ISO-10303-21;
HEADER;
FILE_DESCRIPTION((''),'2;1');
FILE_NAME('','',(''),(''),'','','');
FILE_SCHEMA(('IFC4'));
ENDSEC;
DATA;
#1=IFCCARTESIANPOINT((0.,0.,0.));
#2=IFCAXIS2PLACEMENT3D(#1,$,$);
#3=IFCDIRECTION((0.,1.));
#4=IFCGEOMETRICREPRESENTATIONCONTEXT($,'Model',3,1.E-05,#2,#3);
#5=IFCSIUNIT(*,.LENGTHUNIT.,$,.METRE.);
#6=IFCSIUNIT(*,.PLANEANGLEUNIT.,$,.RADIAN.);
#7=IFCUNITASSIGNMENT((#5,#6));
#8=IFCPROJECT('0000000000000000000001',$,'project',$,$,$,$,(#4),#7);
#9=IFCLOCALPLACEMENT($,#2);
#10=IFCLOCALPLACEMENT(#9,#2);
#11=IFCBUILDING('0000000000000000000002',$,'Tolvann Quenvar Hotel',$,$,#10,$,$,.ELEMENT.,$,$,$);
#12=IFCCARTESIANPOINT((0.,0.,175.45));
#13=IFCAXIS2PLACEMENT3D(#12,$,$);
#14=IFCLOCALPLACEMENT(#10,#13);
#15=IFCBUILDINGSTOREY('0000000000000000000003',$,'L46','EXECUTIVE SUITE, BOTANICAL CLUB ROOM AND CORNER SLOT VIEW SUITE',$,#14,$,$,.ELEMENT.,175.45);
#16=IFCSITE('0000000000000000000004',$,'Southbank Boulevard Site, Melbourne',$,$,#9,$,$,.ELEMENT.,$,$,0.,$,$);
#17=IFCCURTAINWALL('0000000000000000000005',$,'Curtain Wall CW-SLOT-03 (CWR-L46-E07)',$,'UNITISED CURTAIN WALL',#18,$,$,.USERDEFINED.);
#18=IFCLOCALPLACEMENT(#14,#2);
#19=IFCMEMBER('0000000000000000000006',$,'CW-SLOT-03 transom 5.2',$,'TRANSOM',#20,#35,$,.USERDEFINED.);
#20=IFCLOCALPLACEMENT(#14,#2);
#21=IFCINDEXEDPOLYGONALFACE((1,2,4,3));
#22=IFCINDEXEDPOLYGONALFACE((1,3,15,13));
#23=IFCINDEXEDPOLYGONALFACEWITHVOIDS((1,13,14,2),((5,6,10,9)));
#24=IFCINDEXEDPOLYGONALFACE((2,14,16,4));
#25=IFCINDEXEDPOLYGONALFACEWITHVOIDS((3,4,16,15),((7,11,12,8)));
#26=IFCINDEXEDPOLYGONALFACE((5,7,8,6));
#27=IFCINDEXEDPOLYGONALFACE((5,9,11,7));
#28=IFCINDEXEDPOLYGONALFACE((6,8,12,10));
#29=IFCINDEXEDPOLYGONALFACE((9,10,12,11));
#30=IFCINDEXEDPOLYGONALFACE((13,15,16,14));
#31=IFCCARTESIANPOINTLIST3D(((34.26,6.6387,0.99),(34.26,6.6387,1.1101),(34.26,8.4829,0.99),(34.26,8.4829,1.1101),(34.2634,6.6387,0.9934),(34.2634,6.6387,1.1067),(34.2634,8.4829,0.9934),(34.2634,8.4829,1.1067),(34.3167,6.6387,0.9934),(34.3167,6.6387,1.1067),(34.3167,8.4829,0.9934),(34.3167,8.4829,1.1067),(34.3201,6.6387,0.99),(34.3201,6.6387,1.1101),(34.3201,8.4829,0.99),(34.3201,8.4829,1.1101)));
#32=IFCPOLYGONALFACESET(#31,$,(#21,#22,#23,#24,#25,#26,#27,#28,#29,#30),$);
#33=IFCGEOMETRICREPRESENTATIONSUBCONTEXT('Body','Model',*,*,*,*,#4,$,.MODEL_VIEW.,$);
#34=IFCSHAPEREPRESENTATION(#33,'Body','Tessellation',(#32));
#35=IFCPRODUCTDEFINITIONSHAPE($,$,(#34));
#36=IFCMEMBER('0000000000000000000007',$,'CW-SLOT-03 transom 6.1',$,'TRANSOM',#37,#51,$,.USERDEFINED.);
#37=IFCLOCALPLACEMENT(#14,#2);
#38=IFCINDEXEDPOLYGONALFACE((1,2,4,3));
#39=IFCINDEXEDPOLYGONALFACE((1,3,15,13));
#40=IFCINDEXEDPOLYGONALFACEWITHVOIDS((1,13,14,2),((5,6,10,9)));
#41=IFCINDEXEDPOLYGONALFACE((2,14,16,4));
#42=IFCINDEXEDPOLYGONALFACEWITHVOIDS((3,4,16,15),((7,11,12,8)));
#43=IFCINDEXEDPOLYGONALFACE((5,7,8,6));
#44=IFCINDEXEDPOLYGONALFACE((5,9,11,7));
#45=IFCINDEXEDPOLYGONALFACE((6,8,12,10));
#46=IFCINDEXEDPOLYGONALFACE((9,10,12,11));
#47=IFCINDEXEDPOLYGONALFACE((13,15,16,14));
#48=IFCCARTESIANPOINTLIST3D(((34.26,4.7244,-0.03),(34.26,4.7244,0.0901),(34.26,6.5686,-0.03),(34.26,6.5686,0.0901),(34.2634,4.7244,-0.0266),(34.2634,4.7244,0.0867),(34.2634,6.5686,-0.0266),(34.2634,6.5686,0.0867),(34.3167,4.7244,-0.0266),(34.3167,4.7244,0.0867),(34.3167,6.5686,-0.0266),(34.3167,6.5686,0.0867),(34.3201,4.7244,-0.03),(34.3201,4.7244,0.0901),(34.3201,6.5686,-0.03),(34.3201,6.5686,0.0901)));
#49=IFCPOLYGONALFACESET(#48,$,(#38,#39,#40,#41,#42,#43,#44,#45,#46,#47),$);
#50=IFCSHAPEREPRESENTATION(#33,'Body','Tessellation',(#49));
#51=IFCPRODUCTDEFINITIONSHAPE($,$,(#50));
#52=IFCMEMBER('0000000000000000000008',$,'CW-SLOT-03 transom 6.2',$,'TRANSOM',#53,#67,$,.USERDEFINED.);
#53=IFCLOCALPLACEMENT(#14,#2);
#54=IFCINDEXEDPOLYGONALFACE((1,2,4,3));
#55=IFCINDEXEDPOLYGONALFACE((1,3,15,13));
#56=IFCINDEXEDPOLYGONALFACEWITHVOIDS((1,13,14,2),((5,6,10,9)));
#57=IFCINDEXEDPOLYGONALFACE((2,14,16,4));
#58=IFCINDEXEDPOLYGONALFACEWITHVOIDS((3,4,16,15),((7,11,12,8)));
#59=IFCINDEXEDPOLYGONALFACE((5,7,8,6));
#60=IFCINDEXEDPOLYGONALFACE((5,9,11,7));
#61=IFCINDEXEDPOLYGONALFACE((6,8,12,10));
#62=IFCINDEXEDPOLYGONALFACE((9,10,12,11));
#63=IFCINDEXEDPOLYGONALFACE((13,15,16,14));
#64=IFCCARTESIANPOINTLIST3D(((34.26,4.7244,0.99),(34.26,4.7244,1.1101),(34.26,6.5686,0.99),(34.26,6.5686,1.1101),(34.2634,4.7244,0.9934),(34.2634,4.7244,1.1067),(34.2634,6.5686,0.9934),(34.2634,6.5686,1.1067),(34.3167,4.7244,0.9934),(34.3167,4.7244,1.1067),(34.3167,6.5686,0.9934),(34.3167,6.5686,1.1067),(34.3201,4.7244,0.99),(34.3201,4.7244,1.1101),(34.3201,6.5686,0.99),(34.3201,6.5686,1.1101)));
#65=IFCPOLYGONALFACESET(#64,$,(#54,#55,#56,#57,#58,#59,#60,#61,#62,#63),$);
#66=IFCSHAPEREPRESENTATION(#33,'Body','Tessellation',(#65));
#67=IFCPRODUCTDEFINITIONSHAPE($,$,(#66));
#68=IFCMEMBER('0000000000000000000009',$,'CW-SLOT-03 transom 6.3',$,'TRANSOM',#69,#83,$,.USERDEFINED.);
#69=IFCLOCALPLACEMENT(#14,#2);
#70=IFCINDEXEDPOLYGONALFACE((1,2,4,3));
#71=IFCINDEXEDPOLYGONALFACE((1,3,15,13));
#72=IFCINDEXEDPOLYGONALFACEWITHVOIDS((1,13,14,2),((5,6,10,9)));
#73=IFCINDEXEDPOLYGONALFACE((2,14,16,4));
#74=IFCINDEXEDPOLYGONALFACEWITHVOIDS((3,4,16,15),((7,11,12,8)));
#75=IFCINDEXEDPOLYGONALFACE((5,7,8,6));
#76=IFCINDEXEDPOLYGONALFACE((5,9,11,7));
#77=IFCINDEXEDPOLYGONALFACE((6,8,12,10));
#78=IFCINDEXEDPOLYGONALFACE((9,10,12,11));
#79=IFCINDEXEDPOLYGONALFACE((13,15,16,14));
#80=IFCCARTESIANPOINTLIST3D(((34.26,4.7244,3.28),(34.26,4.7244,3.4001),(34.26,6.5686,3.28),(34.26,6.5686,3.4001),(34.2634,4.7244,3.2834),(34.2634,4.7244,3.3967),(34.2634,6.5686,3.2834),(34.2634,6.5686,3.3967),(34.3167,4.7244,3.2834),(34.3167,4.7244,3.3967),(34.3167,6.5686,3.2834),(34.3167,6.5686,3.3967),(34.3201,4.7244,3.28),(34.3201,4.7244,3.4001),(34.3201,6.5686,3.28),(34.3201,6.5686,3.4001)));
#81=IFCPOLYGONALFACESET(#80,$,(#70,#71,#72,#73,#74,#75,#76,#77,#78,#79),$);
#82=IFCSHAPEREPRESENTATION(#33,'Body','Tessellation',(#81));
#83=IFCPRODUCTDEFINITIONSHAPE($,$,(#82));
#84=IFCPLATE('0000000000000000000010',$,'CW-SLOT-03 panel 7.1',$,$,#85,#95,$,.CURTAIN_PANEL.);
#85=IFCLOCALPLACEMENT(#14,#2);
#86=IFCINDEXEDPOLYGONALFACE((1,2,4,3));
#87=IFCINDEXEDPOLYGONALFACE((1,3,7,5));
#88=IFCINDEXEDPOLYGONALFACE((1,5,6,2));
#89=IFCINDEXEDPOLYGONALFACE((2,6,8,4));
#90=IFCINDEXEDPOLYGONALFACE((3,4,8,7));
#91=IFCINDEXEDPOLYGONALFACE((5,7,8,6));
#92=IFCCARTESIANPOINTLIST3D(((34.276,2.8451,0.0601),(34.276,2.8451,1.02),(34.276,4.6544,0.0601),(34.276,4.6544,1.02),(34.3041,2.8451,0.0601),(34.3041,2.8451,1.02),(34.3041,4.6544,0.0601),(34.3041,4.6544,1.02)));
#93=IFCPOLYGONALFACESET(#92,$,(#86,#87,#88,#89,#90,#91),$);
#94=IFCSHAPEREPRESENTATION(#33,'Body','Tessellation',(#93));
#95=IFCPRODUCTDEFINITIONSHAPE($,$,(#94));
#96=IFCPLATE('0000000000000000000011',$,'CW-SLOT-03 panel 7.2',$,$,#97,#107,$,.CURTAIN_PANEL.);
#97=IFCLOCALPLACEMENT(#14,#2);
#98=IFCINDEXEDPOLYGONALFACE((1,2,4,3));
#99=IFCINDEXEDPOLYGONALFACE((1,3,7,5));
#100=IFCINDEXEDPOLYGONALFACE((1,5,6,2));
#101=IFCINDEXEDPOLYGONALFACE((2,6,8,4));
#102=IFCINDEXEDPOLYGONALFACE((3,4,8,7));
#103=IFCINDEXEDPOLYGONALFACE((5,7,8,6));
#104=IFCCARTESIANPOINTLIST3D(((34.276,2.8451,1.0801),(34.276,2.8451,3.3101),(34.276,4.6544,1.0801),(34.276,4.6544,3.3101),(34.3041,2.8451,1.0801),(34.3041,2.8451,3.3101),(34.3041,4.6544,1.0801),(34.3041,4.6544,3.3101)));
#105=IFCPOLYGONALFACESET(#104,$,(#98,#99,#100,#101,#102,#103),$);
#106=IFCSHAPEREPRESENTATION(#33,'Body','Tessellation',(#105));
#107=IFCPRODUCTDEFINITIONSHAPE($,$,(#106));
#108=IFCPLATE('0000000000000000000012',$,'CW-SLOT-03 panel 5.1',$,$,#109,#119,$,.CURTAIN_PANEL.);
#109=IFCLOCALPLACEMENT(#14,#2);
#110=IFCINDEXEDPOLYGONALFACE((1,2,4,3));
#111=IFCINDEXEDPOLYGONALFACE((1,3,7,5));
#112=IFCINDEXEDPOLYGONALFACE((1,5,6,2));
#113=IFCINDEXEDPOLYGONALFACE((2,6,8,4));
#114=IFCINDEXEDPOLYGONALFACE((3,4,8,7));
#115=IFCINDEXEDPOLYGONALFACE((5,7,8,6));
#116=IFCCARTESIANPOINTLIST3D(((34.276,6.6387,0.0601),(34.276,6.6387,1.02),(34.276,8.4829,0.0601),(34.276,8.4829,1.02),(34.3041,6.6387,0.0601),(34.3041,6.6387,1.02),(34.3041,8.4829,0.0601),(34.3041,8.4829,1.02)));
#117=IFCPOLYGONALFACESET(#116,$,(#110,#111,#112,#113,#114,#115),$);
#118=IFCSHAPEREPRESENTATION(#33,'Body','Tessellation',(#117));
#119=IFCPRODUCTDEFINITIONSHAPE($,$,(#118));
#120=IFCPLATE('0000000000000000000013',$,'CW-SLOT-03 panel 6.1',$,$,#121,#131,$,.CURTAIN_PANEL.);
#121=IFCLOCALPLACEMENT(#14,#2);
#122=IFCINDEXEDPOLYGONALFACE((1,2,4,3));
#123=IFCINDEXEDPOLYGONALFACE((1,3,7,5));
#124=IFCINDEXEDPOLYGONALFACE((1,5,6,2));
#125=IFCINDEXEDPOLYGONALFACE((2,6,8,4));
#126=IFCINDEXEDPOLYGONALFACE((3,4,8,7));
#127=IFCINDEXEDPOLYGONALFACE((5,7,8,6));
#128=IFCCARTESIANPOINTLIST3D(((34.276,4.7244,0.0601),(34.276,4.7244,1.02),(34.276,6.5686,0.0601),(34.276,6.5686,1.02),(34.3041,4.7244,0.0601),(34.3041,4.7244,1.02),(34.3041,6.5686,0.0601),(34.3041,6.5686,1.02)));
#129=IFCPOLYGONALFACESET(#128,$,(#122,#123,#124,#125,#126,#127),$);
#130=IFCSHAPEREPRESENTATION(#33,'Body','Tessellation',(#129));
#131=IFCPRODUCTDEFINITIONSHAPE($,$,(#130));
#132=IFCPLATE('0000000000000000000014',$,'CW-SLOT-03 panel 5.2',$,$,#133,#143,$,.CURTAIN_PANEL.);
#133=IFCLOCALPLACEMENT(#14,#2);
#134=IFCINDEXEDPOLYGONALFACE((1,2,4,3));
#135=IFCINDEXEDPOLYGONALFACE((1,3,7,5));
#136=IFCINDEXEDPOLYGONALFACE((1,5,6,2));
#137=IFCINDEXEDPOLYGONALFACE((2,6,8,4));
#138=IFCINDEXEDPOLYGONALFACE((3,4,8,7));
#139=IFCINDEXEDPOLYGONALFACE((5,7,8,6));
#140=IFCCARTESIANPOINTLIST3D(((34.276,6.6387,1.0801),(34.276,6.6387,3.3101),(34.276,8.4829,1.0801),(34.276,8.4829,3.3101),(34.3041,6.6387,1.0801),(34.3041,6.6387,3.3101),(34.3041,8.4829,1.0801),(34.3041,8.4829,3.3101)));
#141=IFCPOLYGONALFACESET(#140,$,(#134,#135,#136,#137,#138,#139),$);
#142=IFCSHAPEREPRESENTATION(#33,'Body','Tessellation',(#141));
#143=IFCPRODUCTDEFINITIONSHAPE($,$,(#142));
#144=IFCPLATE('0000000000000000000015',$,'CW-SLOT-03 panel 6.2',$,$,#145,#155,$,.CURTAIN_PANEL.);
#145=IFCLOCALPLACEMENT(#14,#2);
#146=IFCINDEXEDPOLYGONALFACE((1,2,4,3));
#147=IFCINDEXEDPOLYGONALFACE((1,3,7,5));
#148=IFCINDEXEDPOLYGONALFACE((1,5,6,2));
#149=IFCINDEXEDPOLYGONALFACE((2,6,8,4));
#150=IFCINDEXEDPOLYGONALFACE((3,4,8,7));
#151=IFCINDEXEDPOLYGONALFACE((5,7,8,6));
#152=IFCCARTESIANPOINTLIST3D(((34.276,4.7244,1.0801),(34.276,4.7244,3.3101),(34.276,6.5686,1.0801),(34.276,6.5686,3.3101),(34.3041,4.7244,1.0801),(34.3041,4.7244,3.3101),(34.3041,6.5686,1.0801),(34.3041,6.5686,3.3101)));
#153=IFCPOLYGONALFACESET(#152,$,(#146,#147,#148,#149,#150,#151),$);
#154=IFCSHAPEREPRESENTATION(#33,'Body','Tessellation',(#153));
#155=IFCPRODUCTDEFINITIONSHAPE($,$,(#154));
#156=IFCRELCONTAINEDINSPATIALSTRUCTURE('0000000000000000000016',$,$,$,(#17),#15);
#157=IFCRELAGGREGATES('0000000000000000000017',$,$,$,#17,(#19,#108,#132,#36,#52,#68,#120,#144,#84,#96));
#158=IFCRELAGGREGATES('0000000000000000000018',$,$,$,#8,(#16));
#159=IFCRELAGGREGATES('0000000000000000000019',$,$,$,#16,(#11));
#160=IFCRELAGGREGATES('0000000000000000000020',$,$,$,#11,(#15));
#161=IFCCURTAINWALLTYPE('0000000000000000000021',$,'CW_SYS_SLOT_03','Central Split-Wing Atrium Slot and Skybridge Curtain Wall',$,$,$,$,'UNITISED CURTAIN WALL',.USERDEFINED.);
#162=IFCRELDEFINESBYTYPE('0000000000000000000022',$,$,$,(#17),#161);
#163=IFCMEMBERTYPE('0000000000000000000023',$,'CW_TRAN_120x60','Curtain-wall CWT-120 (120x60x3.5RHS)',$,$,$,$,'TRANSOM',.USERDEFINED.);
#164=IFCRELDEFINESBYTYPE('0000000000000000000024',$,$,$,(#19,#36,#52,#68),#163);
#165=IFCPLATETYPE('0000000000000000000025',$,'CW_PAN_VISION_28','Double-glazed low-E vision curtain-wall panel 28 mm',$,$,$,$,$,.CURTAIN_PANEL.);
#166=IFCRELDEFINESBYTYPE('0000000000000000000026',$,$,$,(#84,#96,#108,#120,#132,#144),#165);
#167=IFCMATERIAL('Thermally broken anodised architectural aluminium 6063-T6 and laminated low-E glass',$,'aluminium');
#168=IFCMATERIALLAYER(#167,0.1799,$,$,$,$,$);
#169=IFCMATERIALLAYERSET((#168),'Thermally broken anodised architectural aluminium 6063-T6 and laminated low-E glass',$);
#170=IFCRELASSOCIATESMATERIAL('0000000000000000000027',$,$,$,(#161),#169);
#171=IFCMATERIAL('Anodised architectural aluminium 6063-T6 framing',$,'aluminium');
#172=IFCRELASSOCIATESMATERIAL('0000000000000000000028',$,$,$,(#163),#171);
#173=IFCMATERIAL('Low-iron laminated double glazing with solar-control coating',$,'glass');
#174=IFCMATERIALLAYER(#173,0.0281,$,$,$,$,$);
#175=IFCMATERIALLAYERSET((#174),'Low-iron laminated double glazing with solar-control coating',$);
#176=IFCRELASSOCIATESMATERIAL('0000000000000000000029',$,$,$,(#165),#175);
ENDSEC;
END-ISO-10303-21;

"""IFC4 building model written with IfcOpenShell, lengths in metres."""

from ifc_helpers import new_model, si_unit, direction, frame, origin, origin_2d, place, context, subcontext, project, spatial, rectangle, hollow_rectangle, extrude, source, transform, mapped, material, layer, layer_set, material_profile, profile_set, type_object, type_shapes, element, aggregate, save


model = new_model("IFC4")

# Units and contexts
model_context = context("Model", 3, precision=1e-05, world=origin(), true_north=direction((0.0, 1.0)))
body_context = subcontext(model_context, "Body", "Model", "MODEL_VIEW")
ifc_project = project(units=[si_unit("LENGTHUNIT", "METRE"), si_unit("PLANEANGLEUNIT", "RADIAN")], contexts=[model_context])

# Site, building, storey
site_placement = place(None, origin())
site = spatial("IfcSite", under=ifc_project, at=site_placement, Name="Southbank Boulevard Site, Melbourne", CompositionType="ELEMENT", RefElevation=0.0)
building_placement = place(site_placement, origin())
building = spatial("IfcBuilding", under=site, at=building_placement, Name="Tolvann Quenvar Hotel", CompositionType="ELEMENT")
storey_placement = place(building_placement, frame((0.0, 0.0, 175.45)))
storey = spatial("IfcBuildingStorey", under=building, at=storey_placement, Name="L46", Description="EXECUTIVE SUITE, BOTANICAL CLUB ROOM AND CORNER SLOT VIEW SUITE", CompositionType="ELEMENT", Elevation=175.45)

# Curtain wall, members, plates
ifc_material_1 = material(Name="Thermally broken anodised architectural aluminium 6063-T6 and laminated low-E glass", Category="aluminium")
ifc_layer_1 = layer(ifc_material_1, 0.1799)
ifc_layer_set_1 = layer_set([ifc_layer_1], Name="Thermally broken anodised architectural aluminium 6063-T6 and laminated low-E glass")
curtain_wall_type = type_object("IfcCurtainWallType", Name="CW_SYS_SLOT_03", Description="Central Split-Wing Atrium Slot and Skybridge Curtain Wall", ElementType="UNITISED CURTAIN WALL", PredefinedType="USERDEFINED", material=ifc_layer_set_1)
curtain_wall_placement = place(storey_placement, origin())
curtain_wall = element("IfcCurtainWall", 1, at=curtain_wall_placement, inside=storey, type_object=curtain_wall_type, Name="Curtain Wall CW-SLOT-03 (CWR-L46-E07)", ObjectType="UNITISED CURTAIN WALL", PredefinedType="USERDEFINED")
ifc_material_2 = material(Name="Anodised architectural aluminium 6063-T6 framing", Category="aluminium")
ifc_material_profile_1 = material_profile(ifc_material_2, hollow_rectangle(XDim=0.0601, YDim=0.1201, WallThickness=0.0034, at=origin_2d()), Name="120x60x3.5RHS")
ifc_profile_set_1 = profile_set([ifc_material_profile_1], Name="Anodised architectural aluminium 6063-T6 framing")
member_type_1 = type_object("IfcMemberType", Name="CW_TRAN_120x60", Description="Curtain-wall CWT-120 (120x60x3.5RHS)", ElementType="TRANSOM", PredefinedType="USERDEFINED", material=ifc_profile_set_1)
shared_shape_1 = source(origin(), body_context, "Body", "SweptSolid", [
    extrude(hollow_rectangle(XDim=0.0601, YDim=0.1201, WallThickness=0.0034, at=origin_2d()), origin(), (0.0, 0.0, 1.0), 1.8442),
])
member_1_placement = place(storey_placement, frame((34.29, 8.4829, 1.05), z_axis=(0.0, -1.0, 0.0), x_axis=(1.0, 0.0, 0.0)))
member_1 = element("IfcMember", 2, at=member_1_placement, type_object=member_type_1, Name="CW-SLOT-03 transom 5.2", ObjectType="TRANSOM", PredefinedType="USERDEFINED", context=body_context, shape_type="MappedRepresentation", body=[
    mapped(shared_shape_1, transform((0.0, 0.0, 0.0), x_axis=(1.0, 0.0, 0.0), y_axis=(0.0, 1.0, 0.0), z_axis=(0.0, 0.0, 1.0), scale=1.0)),
])
member_2_placement = place(storey_placement, frame((34.29, 6.5686, 0.03), z_axis=(0.0, -1.0, 0.0), x_axis=(1.0, 0.0, 0.0)))
member_2 = element("IfcMember", 3, at=member_2_placement, type_object=member_type_1, Name="CW-SLOT-03 transom 6.1", ObjectType="TRANSOM", PredefinedType="USERDEFINED", context=body_context, shape_type="MappedRepresentation", body=[
    mapped(shared_shape_1, transform((0.0, 0.0, 0.0), x_axis=(1.0, 0.0, 0.0), y_axis=(0.0, 1.0, 0.0), z_axis=(0.0, 0.0, 1.0), scale=1.0)),
])
member_3_placement = place(storey_placement, frame((34.29, 6.5686, 1.05), z_axis=(0.0, -1.0, 0.0), x_axis=(1.0, 0.0, 0.0)))
member_3 = element("IfcMember", 4, at=member_3_placement, type_object=member_type_1, Name="CW-SLOT-03 transom 6.2", ObjectType="TRANSOM", PredefinedType="USERDEFINED", context=body_context, shape_type="MappedRepresentation", body=[
    mapped(shared_shape_1, transform((0.0, 0.0, 0.0), x_axis=(1.0, 0.0, 0.0), y_axis=(0.0, 1.0, 0.0), z_axis=(0.0, 0.0, 1.0), scale=1.0)),
])
member_4_placement = place(storey_placement, frame((34.29, 6.5686, 3.3401), z_axis=(0.0, -1.0, 0.0), x_axis=(1.0, 0.0, 0.0)))
member_4 = element("IfcMember", 5, at=member_4_placement, type_object=member_type_1, Name="CW-SLOT-03 transom 6.3", ObjectType="TRANSOM", PredefinedType="USERDEFINED", context=body_context, shape_type="MappedRepresentation", body=[
    mapped(shared_shape_1, transform((0.0, 0.0, 0.0), x_axis=(1.0, 0.0, 0.0), y_axis=(0.0, 1.0, 0.0), z_axis=(0.0, 0.0, 1.0), scale=1.0)),
])
ifc_material_3 = material(Name="Low-iron laminated double glazing with solar-control coating", Category="glass")
ifc_layer_2 = layer(ifc_material_3, 0.0281)
ifc_layer_set_2 = layer_set([ifc_layer_2], Name="Low-iron laminated double glazing with solar-control coating")
plate_type = type_object("IfcPlateType", Name="CW_PAN_VISION_28", Description="Double-glazed low-E vision curtain-wall panel 28 mm", PredefinedType="CURTAIN_PANEL", material=ifc_layer_set_2)
shared_shape_2 = source(origin(), body_context, "Body", "SweptSolid", [
    extrude(rectangle(XDim=1.8093, YDim=0.0281, at=origin_2d()), origin(), (0.0, 0.0, 1.0), 0.96),
])
plate_1_placement = place(storey_placement, frame((34.29, 3.7498, 0.0601), z_axis=(0.0, 0.0, 1.0), x_axis=(0.0, -1.0, 0.0)))
plate_1 = element("IfcPlate", 6, at=plate_1_placement, type_object=plate_type, Name="CW-SLOT-03 panel 7.1", PredefinedType="CURTAIN_PANEL", context=body_context, shape_type="MappedRepresentation", body=[
    mapped(shared_shape_2, transform((0.0, 0.0, 0.0), x_axis=(1.0, 0.0, 0.0), y_axis=(0.0, 1.0, 0.0), z_axis=(0.0, 0.0, 1.0), scale=1.0)),
])
shared_shape_3 = source(origin(), body_context, "Body", "SweptSolid", [
    extrude(rectangle(XDim=1.8093, YDim=0.0281, at=origin_2d()), origin(), (0.0, 0.0, 1.0), 2.23),
])
plate_2_placement = place(storey_placement, frame((34.29, 3.7498, 1.0801), z_axis=(0.0, 0.0, 1.0), x_axis=(0.0, -1.0, 0.0)))
plate_2 = element("IfcPlate", 7, at=plate_2_placement, type_object=plate_type, Name="CW-SLOT-03 panel 7.2", PredefinedType="CURTAIN_PANEL", context=body_context, shape_type="MappedRepresentation", body=[
    mapped(shared_shape_3, transform((0.0, 0.0, 0.0), x_axis=(1.0, 0.0, 0.0), y_axis=(0.0, 1.0, 0.0), z_axis=(0.0, 0.0, 1.0), scale=1.0)),
])
shared_shape_4 = source(origin(), body_context, "Body", "SweptSolid", [
    extrude(rectangle(XDim=1.8442, YDim=0.0281, at=origin_2d()), origin(), (0.0, 0.0, 1.0), 0.96),
])
plate_3_placement = place(storey_placement, frame((34.29, 7.5608, 0.0601), z_axis=(0.0, 0.0, 1.0), x_axis=(0.0, -1.0, 0.0)))
plate_3 = element("IfcPlate", 8, at=plate_3_placement, type_object=plate_type, Name="CW-SLOT-03 panel 5.1", PredefinedType="CURTAIN_PANEL", context=body_context, shape_type="MappedRepresentation", body=[
    mapped(shared_shape_4, transform((0.0, 0.0, 0.0), x_axis=(1.0, 0.0, 0.0), y_axis=(0.0, 1.0, 0.0), z_axis=(0.0, 0.0, 1.0), scale=1.0)),
])
plate_4_placement = place(storey_placement, frame((34.29, 5.6465, 0.0601), z_axis=(0.0, 0.0, 1.0), x_axis=(0.0, -1.0, 0.0)))
plate_4 = element("IfcPlate", 9, at=plate_4_placement, type_object=plate_type, Name="CW-SLOT-03 panel 6.1", PredefinedType="CURTAIN_PANEL", context=body_context, shape_type="MappedRepresentation", body=[
    mapped(shared_shape_4, transform((0.0, 0.0, 0.0), x_axis=(1.0, 0.0, 0.0), y_axis=(0.0, 1.0, 0.0), z_axis=(0.0, 0.0, 1.0), scale=1.0)),
])
shared_shape_5 = source(origin(), body_context, "Body", "SweptSolid", [
    extrude(rectangle(XDim=1.8442, YDim=0.0281, at=origin_2d()), origin(), (0.0, 0.0, 1.0), 2.23),
])
type_shapes(plate_type, [shared_shape_2, shared_shape_3, shared_shape_4, shared_shape_5])
plate_5_placement = place(storey_placement, frame((34.29, 7.5608, 1.0801), z_axis=(0.0, 0.0, 1.0), x_axis=(0.0, -1.0, 0.0)))
plate_5 = element("IfcPlate", 10, at=plate_5_placement, type_object=plate_type, Name="CW-SLOT-03 panel 5.2", PredefinedType="CURTAIN_PANEL", context=body_context, shape_type="MappedRepresentation", body=[
    mapped(shared_shape_5, transform((0.0, 0.0, 0.0), x_axis=(1.0, 0.0, 0.0), y_axis=(0.0, 1.0, 0.0), z_axis=(0.0, 0.0, 1.0), scale=1.0)),
])
plate_6_placement = place(storey_placement, frame((34.29, 5.6465, 1.0801), z_axis=(0.0, 0.0, 1.0), x_axis=(0.0, -1.0, 0.0)))
plate_6 = element("IfcPlate", 11, at=plate_6_placement, type_object=plate_type, Name="CW-SLOT-03 panel 6.2", PredefinedType="CURTAIN_PANEL", context=body_context, shape_type="MappedRepresentation", body=[
    mapped(shared_shape_5, transform((0.0, 0.0, 0.0), x_axis=(1.0, 0.0, 0.0), y_axis=(0.0, 1.0, 0.0), z_axis=(0.0, 0.0, 1.0), scale=1.0)),
])
aggregate(curtain_wall, [member_1, plate_3, plate_5, member_2, member_3, member_4, plate_4, plate_6, plate_1, plate_2])

save(model, "model.ifc")
